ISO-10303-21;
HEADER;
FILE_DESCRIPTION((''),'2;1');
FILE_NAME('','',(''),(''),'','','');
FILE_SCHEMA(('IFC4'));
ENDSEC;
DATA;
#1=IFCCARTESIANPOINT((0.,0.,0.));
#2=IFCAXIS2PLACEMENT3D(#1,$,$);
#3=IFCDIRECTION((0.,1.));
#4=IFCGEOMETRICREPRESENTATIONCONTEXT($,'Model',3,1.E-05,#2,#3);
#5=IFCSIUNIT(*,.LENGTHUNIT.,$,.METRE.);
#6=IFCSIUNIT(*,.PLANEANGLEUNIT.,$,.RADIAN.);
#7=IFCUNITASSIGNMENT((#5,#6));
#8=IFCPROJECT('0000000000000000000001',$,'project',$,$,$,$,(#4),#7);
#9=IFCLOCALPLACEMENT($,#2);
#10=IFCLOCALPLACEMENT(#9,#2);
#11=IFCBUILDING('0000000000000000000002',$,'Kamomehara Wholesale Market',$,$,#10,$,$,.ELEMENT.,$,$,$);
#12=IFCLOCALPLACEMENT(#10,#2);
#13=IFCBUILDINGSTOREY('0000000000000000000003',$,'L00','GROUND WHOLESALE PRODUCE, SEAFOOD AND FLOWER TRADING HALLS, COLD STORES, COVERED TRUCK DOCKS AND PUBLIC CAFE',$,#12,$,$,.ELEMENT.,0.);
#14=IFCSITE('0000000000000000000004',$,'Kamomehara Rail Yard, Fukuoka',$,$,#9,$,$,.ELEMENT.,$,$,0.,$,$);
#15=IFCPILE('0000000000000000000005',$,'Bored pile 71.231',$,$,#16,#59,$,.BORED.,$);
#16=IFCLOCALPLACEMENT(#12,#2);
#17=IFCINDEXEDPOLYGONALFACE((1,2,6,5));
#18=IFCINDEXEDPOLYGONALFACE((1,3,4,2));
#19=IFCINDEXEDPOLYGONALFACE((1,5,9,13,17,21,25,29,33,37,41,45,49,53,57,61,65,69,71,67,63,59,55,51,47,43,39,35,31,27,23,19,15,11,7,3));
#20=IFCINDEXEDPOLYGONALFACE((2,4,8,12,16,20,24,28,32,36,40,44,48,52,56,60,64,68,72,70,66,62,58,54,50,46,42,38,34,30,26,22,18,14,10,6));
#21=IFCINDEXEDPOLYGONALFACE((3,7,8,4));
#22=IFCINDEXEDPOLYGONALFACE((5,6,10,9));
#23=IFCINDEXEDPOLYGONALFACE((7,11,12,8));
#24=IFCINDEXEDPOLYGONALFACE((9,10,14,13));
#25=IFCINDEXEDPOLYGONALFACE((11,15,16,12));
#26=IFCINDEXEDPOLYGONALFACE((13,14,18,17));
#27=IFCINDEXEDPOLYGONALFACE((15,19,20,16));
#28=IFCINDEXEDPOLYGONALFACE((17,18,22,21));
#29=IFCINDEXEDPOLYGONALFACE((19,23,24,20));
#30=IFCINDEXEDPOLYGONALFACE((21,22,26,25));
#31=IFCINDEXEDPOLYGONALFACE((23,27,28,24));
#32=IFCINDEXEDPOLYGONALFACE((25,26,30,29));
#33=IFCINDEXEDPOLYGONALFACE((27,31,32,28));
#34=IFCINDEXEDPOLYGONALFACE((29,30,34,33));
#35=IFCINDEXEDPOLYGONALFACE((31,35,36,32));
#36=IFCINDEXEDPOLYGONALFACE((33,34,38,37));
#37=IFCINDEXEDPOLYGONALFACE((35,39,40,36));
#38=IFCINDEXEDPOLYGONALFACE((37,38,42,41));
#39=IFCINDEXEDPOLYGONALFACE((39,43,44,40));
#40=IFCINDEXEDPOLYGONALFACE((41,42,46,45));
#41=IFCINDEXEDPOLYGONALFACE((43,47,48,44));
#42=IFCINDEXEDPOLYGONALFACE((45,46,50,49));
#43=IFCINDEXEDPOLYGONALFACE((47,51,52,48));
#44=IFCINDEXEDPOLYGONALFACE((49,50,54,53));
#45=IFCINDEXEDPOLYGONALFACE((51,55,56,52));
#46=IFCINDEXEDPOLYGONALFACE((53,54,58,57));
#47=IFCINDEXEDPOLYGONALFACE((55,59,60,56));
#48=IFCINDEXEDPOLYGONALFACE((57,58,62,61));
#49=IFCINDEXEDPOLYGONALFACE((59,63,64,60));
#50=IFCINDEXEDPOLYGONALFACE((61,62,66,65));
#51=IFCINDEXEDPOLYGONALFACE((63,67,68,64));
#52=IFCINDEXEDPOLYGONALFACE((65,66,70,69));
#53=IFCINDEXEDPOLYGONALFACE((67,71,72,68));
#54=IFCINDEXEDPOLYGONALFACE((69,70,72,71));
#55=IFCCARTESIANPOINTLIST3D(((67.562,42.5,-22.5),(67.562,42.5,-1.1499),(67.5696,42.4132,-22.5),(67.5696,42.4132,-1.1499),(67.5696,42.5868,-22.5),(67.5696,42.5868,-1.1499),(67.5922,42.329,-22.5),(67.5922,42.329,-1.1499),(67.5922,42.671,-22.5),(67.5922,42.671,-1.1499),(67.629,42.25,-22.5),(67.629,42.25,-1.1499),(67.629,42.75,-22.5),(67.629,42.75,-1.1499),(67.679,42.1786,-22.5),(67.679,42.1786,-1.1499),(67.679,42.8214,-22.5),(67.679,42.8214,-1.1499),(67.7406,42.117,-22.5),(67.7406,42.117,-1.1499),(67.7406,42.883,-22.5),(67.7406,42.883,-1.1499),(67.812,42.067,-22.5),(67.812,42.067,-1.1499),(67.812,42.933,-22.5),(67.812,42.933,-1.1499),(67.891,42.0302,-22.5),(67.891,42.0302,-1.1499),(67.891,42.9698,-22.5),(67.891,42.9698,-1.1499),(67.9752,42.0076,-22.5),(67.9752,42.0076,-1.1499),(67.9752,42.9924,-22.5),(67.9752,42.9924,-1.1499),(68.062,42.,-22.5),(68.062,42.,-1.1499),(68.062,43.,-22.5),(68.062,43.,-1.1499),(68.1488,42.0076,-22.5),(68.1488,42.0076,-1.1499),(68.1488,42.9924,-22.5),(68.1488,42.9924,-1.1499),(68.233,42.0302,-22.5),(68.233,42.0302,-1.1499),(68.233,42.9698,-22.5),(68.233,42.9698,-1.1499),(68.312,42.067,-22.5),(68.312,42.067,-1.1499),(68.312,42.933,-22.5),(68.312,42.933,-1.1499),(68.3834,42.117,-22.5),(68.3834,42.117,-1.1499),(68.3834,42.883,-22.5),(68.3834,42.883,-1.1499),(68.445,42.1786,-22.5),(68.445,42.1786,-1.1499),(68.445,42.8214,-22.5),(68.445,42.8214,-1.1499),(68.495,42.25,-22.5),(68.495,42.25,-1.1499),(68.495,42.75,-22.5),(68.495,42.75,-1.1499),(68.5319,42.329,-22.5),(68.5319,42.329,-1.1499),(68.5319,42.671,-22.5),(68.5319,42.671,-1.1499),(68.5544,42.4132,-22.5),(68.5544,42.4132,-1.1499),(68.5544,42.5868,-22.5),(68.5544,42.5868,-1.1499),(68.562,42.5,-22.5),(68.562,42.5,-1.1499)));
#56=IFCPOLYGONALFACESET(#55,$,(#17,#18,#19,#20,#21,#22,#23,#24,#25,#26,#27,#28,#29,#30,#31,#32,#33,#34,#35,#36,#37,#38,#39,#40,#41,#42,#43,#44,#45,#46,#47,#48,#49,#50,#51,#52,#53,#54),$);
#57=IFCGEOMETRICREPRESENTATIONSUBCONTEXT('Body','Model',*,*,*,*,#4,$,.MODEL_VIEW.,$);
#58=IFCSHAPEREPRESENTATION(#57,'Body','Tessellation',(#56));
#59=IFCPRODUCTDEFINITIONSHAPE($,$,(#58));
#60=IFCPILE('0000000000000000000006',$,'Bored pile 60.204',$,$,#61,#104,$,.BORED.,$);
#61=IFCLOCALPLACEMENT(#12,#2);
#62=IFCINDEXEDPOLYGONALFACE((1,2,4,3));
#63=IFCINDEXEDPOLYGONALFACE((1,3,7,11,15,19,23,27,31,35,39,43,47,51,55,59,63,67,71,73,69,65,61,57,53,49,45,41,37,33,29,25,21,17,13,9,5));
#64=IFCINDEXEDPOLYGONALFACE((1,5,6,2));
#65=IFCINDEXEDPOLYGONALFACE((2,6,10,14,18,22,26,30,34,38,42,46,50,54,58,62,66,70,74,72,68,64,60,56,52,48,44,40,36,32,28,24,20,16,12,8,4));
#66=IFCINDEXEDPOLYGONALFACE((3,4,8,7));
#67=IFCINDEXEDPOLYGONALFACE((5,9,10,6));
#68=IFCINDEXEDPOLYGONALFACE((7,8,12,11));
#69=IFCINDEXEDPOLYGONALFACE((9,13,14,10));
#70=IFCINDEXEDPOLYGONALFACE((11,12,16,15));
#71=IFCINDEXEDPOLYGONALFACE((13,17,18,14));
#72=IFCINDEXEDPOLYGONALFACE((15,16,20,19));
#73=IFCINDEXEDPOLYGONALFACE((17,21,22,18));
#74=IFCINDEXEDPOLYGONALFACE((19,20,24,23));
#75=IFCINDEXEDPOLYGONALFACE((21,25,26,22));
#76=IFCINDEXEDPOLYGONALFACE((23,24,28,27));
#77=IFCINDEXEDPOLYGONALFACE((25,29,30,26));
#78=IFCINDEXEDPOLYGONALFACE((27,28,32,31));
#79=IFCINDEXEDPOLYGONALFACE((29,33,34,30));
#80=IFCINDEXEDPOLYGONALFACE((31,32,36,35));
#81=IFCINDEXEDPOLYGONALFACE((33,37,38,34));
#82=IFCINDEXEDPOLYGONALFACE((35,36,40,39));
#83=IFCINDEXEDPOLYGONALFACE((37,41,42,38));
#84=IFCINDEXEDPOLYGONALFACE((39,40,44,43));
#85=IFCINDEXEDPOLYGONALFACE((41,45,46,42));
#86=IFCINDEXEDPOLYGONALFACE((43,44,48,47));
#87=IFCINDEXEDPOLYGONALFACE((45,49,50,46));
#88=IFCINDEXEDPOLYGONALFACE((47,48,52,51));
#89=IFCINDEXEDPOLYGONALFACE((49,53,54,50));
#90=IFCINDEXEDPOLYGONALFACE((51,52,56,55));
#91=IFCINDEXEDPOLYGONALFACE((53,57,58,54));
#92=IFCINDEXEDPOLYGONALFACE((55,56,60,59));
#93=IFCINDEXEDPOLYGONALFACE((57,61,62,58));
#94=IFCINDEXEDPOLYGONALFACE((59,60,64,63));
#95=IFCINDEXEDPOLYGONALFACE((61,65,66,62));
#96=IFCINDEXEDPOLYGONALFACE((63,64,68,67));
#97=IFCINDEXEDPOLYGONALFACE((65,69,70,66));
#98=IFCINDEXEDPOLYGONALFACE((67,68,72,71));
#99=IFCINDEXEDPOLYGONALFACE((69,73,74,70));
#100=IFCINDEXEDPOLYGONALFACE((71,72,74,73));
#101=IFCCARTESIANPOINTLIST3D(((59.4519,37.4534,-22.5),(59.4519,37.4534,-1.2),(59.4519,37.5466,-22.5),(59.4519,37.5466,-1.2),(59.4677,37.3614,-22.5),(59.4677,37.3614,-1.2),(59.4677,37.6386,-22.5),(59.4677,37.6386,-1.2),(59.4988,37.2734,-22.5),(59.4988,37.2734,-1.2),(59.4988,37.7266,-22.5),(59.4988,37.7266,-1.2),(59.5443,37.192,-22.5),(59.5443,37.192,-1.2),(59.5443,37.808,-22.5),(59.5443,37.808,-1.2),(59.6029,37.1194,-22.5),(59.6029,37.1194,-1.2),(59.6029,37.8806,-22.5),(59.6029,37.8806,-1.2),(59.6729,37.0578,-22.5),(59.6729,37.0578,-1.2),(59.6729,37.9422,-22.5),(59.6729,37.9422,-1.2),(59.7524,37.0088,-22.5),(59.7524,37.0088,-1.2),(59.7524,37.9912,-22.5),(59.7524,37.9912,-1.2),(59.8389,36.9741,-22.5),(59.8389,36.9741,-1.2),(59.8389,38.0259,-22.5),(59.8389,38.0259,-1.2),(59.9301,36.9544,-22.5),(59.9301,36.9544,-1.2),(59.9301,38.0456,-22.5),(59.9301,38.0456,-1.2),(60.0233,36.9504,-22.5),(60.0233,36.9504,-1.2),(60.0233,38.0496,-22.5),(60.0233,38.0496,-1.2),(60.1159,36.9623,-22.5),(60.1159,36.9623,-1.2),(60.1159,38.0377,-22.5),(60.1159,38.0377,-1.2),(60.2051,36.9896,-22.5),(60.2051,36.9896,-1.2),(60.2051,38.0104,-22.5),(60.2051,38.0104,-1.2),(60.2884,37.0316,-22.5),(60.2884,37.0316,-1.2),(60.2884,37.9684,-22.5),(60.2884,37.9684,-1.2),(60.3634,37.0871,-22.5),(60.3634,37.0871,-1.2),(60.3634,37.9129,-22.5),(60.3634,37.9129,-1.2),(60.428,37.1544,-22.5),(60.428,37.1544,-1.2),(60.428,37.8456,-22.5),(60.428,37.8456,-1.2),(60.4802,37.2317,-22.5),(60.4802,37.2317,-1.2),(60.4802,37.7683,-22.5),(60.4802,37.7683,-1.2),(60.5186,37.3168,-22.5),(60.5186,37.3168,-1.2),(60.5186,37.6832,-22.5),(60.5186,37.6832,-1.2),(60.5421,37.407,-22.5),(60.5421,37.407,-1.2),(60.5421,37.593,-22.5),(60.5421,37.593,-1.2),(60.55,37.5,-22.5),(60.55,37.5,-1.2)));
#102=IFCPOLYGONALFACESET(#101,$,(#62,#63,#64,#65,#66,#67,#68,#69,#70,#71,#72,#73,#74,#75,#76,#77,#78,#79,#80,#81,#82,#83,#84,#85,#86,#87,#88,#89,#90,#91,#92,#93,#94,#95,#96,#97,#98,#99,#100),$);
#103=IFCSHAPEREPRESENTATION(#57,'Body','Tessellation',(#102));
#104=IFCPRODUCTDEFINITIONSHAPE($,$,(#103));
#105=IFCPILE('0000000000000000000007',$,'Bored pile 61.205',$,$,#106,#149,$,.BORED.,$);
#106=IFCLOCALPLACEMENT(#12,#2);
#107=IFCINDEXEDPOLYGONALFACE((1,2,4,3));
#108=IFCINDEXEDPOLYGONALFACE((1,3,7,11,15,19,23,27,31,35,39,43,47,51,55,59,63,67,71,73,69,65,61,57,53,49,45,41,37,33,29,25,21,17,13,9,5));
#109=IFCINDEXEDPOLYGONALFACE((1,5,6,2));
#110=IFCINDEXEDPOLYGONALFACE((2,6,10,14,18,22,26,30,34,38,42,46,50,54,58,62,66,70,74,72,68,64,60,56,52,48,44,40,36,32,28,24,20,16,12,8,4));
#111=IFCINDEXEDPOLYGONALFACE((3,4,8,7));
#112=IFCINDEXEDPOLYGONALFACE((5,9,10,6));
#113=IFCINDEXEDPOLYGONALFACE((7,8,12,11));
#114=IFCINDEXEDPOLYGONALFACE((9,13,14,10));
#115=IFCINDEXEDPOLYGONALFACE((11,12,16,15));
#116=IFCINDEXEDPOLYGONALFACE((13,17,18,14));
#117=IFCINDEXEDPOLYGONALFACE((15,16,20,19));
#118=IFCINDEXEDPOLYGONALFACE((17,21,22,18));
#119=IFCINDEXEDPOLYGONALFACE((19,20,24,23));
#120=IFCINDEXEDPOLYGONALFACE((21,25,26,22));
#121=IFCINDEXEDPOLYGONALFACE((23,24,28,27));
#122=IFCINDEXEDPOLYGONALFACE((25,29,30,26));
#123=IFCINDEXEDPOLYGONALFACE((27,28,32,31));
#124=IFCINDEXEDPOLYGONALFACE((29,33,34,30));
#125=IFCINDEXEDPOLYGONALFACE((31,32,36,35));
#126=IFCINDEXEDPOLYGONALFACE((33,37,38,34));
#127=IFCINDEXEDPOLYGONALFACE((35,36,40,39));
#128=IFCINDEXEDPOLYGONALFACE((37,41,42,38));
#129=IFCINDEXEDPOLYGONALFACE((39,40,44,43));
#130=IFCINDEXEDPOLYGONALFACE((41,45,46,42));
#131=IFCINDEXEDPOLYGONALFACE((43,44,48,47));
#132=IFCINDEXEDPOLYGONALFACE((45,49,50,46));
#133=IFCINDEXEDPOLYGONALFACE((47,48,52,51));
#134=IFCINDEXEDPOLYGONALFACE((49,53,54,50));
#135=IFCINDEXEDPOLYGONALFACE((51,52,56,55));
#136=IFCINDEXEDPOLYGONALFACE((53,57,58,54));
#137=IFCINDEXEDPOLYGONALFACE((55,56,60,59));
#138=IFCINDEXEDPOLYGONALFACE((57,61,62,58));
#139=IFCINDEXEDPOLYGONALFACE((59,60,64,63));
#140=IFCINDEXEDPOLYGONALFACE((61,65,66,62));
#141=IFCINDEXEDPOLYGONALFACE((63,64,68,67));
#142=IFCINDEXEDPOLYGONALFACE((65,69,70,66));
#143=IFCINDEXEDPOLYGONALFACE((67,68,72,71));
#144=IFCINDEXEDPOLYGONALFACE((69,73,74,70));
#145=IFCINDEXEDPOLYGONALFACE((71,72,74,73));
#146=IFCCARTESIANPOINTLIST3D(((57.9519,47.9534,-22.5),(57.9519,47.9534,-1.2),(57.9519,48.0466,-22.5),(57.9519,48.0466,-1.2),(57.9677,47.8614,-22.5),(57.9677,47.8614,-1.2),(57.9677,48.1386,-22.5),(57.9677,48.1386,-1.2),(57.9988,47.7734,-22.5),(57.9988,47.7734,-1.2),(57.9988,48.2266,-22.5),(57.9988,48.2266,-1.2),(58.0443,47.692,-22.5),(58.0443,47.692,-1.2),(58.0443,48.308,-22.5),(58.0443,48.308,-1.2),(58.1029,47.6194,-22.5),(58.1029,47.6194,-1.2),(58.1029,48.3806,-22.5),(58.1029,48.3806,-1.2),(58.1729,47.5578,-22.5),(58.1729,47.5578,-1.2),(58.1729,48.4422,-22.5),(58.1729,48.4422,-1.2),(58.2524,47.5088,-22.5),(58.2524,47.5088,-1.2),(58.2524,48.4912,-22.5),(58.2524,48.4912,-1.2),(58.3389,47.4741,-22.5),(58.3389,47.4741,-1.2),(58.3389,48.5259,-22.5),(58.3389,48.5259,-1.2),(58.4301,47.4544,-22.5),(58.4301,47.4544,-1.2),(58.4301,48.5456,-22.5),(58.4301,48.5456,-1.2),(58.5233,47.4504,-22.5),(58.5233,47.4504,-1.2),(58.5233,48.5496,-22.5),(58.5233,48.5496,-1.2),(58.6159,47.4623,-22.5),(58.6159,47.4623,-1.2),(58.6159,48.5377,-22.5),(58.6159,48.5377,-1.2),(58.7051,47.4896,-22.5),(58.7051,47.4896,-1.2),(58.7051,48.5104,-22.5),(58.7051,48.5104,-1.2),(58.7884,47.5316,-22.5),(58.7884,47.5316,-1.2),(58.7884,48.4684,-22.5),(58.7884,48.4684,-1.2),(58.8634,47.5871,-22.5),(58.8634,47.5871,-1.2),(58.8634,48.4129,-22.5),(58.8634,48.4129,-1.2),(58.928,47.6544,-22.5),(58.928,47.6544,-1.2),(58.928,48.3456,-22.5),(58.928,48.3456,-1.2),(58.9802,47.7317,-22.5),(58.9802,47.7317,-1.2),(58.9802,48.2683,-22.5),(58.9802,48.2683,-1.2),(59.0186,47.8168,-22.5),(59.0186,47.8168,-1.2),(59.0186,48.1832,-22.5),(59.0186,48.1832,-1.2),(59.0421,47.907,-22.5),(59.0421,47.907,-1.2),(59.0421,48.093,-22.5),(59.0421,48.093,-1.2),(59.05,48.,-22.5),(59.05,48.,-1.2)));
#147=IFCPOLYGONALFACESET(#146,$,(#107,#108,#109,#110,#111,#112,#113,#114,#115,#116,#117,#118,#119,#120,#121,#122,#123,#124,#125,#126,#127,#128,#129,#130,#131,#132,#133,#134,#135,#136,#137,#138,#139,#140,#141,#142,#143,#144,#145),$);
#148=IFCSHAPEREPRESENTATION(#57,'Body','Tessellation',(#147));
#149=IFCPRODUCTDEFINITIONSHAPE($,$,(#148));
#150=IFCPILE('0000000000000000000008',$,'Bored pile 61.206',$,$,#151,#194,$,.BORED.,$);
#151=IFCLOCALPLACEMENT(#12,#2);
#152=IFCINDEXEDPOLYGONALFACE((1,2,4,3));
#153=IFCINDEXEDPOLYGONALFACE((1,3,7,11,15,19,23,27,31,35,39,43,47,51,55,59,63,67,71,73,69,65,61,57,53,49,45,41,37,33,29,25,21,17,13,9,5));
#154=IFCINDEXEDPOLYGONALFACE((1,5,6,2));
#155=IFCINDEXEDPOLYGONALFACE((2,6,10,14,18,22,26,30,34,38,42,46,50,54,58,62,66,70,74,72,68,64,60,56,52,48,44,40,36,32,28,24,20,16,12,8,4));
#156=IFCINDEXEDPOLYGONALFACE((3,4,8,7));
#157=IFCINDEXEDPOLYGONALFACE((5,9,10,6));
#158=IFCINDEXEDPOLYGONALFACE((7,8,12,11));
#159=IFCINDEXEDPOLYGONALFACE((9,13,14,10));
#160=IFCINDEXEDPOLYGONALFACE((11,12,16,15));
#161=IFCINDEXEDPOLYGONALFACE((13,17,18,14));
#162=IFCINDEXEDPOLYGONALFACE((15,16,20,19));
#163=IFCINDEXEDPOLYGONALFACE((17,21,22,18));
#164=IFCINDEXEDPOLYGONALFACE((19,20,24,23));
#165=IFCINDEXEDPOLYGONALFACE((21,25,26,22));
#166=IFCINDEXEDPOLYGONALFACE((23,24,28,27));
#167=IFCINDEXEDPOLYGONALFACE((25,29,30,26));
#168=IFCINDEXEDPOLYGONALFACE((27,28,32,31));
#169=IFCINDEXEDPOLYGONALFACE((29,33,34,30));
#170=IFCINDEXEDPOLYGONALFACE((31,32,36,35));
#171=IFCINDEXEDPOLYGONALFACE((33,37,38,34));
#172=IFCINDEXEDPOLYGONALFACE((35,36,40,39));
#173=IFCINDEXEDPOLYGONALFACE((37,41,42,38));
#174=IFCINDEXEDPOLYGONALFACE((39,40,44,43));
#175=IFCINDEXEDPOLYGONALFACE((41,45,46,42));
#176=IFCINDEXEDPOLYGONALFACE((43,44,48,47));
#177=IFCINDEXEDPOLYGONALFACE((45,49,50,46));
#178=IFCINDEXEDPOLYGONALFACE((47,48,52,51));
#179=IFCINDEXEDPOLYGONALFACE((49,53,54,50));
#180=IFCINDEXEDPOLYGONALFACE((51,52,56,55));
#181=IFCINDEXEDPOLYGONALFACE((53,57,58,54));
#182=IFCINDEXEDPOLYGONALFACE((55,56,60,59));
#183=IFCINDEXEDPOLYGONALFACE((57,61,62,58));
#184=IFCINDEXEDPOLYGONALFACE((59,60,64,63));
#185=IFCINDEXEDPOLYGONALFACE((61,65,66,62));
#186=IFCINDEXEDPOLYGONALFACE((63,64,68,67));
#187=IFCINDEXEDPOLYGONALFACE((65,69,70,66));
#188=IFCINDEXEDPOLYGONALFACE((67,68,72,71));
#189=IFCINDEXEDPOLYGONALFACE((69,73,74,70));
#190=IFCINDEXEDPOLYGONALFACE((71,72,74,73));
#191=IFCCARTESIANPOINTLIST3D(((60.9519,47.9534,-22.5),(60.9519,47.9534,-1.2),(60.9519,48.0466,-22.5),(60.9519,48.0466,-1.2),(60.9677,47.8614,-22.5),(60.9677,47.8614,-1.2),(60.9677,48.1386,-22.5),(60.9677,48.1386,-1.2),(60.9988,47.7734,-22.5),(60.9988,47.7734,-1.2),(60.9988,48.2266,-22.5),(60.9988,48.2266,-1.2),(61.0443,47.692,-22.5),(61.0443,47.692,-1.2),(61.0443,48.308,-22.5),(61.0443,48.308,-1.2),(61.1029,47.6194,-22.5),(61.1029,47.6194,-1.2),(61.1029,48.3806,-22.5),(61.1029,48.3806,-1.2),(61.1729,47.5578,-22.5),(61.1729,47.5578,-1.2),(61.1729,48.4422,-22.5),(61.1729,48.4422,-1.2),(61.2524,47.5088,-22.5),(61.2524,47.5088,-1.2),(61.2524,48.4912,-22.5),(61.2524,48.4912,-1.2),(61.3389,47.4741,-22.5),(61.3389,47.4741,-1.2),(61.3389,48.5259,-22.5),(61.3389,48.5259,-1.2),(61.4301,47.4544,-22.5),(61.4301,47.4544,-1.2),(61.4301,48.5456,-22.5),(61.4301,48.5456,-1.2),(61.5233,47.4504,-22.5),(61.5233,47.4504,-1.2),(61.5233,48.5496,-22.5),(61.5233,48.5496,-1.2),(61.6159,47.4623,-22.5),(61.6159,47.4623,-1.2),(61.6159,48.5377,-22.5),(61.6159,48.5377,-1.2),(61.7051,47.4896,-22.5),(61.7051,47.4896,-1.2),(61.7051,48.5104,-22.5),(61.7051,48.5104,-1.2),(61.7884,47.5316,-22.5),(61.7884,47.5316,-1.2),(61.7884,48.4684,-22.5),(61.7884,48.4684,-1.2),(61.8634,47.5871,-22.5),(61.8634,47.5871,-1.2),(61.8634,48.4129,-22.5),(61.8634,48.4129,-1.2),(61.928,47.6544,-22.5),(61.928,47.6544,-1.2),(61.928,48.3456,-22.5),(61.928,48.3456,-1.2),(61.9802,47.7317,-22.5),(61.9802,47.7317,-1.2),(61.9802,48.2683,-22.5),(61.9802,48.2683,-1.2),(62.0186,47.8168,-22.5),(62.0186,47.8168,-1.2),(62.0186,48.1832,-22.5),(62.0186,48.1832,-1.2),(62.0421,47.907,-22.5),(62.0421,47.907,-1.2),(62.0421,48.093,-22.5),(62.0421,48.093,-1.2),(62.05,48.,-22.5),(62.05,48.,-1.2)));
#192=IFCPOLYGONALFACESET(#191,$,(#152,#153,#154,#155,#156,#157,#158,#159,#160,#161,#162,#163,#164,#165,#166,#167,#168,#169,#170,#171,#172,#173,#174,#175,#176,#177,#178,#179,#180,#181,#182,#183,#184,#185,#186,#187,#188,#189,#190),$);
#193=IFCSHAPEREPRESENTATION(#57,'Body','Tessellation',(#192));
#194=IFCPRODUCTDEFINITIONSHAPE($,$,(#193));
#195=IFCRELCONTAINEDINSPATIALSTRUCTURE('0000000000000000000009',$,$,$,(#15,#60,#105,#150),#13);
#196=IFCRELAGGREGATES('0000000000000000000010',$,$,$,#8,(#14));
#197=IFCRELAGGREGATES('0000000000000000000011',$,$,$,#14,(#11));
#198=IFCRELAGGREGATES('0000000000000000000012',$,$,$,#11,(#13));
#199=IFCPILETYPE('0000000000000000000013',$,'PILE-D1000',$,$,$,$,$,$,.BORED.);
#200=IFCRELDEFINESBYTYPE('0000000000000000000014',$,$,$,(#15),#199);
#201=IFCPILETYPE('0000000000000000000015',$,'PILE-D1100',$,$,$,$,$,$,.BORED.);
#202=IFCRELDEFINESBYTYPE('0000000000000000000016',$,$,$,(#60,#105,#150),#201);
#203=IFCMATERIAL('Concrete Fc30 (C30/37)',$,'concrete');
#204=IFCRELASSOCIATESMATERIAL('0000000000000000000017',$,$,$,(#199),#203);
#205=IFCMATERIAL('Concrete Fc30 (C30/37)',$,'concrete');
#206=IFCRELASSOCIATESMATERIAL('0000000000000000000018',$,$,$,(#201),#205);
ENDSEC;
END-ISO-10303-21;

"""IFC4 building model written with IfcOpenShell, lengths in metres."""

from ifc_helpers import new_model, si_unit, direction, frame, origin, origin_2d, place, context, subcontext, project, spatial, circle, extrude, material, material_profile, profile_set, type_object, element, save


model = new_model("IFC4")

# Units and contexts
model_context = context("Model", 3, precision=1e-05, world=origin(), true_north=direction((0.0, 1.0)))
body_context = subcontext(model_context, "Body", "Model", "MODEL_VIEW")
ifc_project = project(units=[si_unit("LENGTHUNIT", "METRE"), si_unit("PLANEANGLEUNIT", "RADIAN")], contexts=[model_context])

# Site, building, storey
site_placement = place(None, origin())
site = spatial("IfcSite", under=ifc_project, at=site_placement, Name="Kamomehara Rail Yard, Fukuoka", CompositionType="ELEMENT", RefElevation=0.0)
building_placement = place(site_placement, origin())
building = spatial("IfcBuilding", under=site, at=building_placement, Name="Kamomehara Wholesale Market", CompositionType="ELEMENT")
storey_placement = place(building_placement, origin())
storey = spatial("IfcBuildingStorey", under=building, at=storey_placement, Name="L00", Description="GROUND WHOLESALE PRODUCE, SEAFOOD AND FLOWER TRADING HALLS, COLD STORES, COVERED TRUCK DOCKS AND PUBLIC CAFE", CompositionType="ELEMENT", Elevation=0.0)

# Piles
ifc_material_1 = material(Name="Concrete Fc30 (C30/37)", Category="concrete")
ifc_material_profile_1 = material_profile(ifc_material_1, circle(Radius=0.5, at=origin_2d()), Name="RC-PILE-D1000")
ifc_profile_set_1 = profile_set([ifc_material_profile_1], Name="Concrete Fc30 (C30/37)")
pile_type_1 = type_object("IfcPileType", Name="PILE-D1000", PredefinedType="BORED", material=ifc_profile_set_1)
for number, where, z_axis, x_axis, name in (
    (1, (68.062, 42.5, -1.1499), (0.0, 0.0, -1.0), (1.0, 0.0, 0.0), "Bored pile 71.231"),
):
    element("IfcPile", number, at=place(storey_placement, frame(where, z_axis=z_axis, x_axis=x_axis)), inside=storey, type_object=pile_type_1, Name=name, PredefinedType="BORED", context=body_context, shape_type="SweptSolid", body=[
        extrude(circle(Radius=0.5, at=origin_2d()), origin(), (0.0, 0.0, 1.0), 21.3501),
    ])
ifc_material_2 = material(Name="Concrete Fc30 (C30/37)", Category="concrete")
ifc_material_profile_2 = material_profile(ifc_material_2, circle(Radius=0.55, at=origin_2d()), Name="RC-PILE-D1100")
ifc_profile_set_2 = profile_set([ifc_material_profile_2], Name="Concrete Fc30 (C30/37)")
pile_type_2 = type_object("IfcPileType", Name="PILE-D1100", PredefinedType="BORED", material=ifc_profile_set_2)
for number, where, z_axis, x_axis, name in (
    (2, (60.0, 37.5, -1.2), (0.0, 0.0, -1.0), (1.0, 0.0, 0.0), "Bored pile 60.204"),
    (3, (58.5, 48.0, -1.2), (0.0, 0.0, -1.0), (1.0, 0.0, 0.0), "Bored pile 61.205"),
    (4, (61.5, 48.0, -1.2), (0.0, 0.0, -1.0), (1.0, 0.0, 0.0), "Bored pile 61.206"),
):
    element("IfcPile", number, at=place(storey_placement, frame(where, z_axis=z_axis, x_axis=x_axis)), inside=storey, type_object=pile_type_2, Name=name, PredefinedType="BORED", context=body_context, shape_type="SweptSolid", body=[
        extrude(circle(Radius=0.55, at=origin_2d()), origin(), (0.0, 0.0, 1.0), 21.3),
    ])

save(model, "model.ifc")
